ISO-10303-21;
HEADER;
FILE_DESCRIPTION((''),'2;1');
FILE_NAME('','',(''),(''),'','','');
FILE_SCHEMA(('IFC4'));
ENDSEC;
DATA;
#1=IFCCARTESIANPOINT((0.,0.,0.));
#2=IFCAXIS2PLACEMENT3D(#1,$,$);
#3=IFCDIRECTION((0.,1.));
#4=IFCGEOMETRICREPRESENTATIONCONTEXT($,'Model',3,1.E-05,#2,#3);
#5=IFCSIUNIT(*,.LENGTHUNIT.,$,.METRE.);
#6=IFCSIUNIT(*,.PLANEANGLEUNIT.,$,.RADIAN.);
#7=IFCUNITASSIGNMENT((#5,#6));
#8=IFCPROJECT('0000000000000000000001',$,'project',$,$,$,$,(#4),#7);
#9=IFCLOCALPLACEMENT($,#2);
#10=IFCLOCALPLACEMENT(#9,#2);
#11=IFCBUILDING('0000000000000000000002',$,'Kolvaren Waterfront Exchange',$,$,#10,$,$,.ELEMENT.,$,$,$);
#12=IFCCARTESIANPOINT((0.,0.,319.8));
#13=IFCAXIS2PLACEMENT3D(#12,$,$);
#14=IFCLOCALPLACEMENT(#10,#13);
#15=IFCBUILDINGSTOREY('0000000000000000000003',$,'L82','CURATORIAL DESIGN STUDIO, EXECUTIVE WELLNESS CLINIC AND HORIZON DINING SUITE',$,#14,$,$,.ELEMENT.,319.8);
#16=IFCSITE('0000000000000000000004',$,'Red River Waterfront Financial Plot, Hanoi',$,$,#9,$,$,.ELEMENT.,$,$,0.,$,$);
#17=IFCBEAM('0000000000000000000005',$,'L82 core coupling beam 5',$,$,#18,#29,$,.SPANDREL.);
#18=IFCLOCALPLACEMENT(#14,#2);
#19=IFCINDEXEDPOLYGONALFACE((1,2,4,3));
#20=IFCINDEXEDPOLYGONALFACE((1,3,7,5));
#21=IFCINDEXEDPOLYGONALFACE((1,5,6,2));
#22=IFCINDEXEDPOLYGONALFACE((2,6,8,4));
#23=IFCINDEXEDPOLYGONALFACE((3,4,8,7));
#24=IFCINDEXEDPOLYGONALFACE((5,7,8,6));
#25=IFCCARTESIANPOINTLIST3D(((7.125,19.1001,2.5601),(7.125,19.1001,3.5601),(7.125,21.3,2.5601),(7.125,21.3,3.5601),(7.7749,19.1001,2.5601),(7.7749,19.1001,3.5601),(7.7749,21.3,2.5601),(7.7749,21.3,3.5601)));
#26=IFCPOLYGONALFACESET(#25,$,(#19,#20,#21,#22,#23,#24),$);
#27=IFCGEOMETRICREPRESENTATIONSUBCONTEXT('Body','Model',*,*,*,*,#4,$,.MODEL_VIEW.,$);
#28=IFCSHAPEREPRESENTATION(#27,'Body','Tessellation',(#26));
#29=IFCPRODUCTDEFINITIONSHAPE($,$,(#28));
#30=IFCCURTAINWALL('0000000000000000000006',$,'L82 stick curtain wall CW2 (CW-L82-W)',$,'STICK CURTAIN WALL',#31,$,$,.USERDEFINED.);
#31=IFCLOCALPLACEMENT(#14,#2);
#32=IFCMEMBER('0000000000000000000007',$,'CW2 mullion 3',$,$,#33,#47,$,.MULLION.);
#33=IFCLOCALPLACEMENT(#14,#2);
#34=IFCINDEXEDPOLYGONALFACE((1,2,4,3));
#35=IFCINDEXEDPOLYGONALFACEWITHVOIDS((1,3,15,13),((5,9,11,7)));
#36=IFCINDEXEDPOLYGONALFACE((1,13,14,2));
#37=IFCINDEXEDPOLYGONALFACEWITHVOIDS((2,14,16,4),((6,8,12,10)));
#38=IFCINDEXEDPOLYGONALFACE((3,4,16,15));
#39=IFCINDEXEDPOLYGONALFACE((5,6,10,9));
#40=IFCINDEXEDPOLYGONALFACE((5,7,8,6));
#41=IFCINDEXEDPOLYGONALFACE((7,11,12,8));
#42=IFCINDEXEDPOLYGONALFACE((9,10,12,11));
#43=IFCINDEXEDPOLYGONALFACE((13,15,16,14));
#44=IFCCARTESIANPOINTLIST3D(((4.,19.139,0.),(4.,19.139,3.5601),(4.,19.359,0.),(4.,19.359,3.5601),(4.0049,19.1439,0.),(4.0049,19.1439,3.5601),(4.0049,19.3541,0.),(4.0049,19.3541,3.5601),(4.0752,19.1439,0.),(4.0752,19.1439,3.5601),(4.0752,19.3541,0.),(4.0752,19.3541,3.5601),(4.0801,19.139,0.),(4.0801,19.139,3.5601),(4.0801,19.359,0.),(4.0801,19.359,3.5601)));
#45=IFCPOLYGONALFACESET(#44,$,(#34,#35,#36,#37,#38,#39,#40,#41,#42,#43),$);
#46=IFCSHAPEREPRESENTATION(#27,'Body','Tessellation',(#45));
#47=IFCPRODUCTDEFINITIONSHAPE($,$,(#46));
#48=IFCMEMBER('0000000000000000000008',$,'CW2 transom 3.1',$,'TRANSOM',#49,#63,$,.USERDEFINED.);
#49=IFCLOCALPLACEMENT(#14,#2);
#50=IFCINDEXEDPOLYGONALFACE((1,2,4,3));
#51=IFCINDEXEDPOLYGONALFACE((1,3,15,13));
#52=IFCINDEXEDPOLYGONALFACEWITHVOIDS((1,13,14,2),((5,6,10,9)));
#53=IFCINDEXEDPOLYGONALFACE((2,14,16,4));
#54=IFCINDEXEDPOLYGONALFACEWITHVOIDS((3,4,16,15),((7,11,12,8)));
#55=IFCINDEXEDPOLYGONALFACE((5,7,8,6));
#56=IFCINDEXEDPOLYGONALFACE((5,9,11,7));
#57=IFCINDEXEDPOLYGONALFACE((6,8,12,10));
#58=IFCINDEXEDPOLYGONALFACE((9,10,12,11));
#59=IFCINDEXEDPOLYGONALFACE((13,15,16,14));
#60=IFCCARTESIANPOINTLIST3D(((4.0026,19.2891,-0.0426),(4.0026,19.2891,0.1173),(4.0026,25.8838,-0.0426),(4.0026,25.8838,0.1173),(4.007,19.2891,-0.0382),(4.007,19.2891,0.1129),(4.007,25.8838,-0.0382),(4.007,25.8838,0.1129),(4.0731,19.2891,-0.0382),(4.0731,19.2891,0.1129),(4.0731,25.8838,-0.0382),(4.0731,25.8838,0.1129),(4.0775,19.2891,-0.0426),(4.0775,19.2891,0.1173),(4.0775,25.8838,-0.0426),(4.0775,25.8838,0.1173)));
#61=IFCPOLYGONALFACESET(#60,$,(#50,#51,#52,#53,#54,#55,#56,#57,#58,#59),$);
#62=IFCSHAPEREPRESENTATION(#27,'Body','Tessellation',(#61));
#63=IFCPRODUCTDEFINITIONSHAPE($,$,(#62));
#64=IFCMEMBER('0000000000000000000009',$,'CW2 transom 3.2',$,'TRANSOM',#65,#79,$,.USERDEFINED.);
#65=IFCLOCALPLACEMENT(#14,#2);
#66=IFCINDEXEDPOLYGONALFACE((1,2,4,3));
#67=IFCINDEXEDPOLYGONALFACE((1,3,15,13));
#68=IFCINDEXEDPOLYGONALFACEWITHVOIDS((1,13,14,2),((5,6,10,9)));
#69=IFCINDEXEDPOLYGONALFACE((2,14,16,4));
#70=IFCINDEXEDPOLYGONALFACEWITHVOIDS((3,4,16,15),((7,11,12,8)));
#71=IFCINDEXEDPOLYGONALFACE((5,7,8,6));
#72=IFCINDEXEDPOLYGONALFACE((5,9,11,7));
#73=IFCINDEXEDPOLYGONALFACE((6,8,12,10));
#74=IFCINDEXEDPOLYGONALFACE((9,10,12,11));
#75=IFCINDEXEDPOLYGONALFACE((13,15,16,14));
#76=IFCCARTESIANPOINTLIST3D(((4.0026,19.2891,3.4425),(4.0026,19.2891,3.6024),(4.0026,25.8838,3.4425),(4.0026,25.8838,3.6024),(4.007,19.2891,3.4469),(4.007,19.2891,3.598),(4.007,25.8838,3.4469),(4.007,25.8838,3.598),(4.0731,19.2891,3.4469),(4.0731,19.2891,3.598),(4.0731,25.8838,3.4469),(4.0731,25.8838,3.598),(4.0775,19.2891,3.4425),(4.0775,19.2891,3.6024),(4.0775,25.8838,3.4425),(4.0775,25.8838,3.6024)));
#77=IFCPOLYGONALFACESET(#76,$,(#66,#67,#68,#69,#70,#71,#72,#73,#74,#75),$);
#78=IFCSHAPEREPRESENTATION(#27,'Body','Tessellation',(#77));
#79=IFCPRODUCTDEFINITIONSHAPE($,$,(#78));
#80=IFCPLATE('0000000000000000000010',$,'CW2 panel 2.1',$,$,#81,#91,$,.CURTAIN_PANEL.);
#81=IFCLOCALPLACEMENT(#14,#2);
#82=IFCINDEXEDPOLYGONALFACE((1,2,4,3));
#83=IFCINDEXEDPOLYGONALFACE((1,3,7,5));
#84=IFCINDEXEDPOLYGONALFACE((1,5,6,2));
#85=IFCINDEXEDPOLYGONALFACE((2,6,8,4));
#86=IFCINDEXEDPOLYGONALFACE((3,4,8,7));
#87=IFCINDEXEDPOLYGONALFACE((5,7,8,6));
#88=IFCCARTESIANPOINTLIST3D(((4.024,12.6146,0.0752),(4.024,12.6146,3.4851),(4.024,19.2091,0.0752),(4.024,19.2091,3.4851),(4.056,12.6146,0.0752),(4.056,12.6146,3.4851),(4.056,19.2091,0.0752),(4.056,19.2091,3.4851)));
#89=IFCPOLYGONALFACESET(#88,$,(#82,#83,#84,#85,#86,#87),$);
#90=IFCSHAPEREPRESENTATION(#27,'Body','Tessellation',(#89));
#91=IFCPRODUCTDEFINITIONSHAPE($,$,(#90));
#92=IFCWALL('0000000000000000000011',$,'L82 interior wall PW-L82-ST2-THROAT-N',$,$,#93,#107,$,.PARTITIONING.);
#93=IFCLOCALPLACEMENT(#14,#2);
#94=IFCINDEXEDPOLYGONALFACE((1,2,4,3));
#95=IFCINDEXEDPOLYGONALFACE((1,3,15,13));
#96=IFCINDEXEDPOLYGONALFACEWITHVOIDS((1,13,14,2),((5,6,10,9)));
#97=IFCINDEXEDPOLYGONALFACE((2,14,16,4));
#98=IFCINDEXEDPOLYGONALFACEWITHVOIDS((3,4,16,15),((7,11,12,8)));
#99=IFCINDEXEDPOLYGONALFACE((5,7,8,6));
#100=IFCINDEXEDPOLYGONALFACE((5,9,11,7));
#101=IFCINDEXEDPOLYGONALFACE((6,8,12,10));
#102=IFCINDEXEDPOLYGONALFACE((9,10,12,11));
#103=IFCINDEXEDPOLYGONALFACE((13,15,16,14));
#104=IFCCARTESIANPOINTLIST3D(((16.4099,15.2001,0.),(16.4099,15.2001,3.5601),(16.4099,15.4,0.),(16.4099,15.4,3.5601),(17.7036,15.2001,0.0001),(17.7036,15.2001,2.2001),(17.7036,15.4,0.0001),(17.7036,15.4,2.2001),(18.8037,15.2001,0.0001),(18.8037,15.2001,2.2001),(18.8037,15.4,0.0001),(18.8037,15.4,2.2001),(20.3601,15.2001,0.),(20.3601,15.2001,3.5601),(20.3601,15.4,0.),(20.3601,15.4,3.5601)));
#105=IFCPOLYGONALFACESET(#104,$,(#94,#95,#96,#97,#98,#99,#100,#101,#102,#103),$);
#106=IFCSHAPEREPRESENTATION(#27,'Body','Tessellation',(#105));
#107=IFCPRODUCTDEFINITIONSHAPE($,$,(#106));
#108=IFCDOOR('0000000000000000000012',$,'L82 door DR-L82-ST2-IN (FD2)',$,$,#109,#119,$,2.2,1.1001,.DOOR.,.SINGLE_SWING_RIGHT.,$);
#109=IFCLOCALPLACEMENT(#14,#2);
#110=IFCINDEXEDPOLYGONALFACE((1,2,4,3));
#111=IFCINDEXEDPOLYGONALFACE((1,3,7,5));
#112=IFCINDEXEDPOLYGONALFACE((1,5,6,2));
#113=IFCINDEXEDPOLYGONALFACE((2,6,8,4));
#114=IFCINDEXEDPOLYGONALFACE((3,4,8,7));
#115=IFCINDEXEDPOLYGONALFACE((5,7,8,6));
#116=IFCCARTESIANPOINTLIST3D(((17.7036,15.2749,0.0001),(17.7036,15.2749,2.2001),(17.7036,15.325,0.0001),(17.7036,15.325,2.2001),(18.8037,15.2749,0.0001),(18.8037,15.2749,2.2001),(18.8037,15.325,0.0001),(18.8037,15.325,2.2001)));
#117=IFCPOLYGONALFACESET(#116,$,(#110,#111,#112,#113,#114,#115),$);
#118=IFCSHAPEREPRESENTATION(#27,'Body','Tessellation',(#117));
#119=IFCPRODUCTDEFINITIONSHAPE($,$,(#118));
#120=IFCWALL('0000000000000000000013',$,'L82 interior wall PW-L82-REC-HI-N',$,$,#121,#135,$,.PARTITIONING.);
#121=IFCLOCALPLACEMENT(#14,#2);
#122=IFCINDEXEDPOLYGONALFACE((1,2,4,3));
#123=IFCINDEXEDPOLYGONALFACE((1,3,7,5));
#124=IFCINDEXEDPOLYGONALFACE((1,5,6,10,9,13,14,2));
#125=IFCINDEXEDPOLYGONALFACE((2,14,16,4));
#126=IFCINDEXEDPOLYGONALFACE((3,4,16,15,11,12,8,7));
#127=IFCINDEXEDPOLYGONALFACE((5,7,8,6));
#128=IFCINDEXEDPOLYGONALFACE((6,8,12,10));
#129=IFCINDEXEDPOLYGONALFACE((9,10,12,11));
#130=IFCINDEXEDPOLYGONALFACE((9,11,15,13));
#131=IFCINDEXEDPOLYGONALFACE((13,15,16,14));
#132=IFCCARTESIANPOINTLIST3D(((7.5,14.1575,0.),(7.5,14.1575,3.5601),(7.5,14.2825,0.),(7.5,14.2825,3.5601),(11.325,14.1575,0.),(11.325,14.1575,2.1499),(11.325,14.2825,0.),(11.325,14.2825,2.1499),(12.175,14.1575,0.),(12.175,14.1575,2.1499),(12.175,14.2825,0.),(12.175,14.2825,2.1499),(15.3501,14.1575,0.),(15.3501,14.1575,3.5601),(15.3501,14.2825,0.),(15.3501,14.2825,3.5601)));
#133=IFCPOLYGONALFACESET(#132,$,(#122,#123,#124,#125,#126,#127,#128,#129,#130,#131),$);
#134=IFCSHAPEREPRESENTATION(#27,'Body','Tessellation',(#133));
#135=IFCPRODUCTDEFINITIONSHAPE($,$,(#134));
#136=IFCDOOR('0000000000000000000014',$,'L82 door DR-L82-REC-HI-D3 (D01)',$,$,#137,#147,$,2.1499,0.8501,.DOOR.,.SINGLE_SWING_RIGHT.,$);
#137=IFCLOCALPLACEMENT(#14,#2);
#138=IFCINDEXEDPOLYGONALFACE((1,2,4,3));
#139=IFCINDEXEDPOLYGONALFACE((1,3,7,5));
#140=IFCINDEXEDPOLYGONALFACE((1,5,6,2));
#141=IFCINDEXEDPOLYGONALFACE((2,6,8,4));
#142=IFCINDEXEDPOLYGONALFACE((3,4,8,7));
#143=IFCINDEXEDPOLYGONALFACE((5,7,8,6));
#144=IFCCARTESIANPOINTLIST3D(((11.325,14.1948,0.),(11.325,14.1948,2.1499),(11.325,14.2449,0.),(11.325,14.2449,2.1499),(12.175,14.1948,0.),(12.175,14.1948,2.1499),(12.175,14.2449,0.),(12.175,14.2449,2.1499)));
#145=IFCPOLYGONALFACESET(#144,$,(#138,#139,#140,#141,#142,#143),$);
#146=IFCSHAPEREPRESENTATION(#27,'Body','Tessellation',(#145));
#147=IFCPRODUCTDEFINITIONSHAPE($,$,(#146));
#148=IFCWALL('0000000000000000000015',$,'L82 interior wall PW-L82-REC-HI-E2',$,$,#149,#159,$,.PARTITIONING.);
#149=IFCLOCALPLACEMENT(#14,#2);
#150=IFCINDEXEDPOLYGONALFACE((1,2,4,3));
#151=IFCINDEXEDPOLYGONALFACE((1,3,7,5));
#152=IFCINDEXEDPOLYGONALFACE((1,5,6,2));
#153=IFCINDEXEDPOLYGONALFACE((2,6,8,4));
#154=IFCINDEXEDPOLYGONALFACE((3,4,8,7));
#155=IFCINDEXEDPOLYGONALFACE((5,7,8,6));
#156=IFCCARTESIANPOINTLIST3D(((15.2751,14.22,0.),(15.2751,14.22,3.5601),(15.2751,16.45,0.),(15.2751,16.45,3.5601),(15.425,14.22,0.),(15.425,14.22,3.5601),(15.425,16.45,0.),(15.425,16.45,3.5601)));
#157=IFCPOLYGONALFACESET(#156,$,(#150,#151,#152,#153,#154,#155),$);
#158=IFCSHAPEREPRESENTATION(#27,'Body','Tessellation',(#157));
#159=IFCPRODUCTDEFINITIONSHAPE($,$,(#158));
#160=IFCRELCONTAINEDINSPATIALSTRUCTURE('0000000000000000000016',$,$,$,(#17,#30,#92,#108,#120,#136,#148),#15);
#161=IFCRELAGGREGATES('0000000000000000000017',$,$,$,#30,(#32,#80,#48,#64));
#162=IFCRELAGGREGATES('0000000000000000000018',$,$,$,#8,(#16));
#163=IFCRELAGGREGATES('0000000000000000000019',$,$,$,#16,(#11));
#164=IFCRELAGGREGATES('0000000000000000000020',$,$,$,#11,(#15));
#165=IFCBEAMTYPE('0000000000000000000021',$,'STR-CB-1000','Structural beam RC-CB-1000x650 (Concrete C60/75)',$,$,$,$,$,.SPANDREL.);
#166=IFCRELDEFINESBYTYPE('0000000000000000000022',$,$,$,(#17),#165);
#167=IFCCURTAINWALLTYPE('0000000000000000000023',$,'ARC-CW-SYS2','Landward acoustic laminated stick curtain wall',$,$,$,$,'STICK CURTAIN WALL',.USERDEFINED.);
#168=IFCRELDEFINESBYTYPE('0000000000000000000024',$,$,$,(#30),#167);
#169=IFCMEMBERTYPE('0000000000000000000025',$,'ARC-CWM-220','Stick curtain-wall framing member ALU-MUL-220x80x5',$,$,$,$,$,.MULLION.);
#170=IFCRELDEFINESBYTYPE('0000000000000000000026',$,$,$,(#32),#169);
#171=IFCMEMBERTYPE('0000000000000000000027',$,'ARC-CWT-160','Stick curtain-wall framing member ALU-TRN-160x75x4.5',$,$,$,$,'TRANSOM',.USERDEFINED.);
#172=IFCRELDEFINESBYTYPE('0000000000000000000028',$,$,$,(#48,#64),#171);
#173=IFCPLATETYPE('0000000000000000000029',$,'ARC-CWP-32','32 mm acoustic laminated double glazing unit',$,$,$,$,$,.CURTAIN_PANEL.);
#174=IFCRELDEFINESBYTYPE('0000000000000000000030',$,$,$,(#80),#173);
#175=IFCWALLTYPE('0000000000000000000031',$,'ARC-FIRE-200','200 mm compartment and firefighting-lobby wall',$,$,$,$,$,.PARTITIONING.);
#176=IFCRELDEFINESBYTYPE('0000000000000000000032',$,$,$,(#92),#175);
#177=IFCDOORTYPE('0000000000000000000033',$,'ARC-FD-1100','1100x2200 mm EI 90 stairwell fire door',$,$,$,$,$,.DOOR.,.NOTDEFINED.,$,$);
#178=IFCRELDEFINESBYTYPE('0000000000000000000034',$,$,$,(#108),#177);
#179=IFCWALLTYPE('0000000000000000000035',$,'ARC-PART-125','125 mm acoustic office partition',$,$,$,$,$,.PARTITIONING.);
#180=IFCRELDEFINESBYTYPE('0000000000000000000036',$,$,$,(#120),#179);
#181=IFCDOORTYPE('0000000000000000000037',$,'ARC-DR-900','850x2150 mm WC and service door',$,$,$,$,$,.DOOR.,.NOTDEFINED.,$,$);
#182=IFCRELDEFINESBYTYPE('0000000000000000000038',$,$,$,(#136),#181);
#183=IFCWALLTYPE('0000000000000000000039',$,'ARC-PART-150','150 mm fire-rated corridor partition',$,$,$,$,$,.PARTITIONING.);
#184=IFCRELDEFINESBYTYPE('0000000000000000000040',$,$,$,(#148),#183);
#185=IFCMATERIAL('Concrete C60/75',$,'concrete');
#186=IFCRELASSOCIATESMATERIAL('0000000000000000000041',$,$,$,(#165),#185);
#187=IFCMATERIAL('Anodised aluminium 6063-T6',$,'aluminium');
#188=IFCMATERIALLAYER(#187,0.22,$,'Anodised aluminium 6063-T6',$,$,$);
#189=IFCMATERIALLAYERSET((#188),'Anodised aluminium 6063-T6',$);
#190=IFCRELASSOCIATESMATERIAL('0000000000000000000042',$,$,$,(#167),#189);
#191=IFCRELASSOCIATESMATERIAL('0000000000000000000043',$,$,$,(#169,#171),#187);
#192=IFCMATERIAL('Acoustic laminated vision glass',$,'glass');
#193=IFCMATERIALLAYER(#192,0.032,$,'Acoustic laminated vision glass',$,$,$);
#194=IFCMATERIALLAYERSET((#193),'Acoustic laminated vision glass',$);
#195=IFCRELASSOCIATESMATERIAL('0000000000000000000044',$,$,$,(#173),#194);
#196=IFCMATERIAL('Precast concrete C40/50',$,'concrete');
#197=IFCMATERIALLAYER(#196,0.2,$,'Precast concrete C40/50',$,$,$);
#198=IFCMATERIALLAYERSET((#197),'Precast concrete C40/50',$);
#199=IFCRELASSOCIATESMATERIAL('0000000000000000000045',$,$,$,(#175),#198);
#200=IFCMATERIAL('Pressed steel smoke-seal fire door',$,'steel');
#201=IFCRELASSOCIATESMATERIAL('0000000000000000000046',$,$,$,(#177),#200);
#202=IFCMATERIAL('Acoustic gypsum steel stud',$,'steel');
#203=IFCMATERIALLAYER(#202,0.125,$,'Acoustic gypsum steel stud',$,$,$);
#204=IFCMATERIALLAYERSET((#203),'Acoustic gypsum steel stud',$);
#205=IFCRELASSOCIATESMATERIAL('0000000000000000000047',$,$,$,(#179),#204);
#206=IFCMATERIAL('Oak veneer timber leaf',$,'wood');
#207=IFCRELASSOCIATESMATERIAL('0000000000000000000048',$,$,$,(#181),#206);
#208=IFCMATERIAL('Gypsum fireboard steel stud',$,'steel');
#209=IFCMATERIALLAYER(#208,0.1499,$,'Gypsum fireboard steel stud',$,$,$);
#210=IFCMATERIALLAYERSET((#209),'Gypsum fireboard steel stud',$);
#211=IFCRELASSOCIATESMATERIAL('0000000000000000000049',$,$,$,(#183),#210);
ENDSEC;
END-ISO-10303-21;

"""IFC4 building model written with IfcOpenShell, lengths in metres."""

from ifc_helpers import new_model, si_unit, direction, frame, frame_2d, origin, origin_with_axes, origin_2d, place, context, subcontext, project, spatial, rectangle, hollow_rectangle, extrude, source, transform, mapped, material, layer, layer_set, material_profile, profile_set, type_object, element, fill, aggregate, save


model = new_model("IFC4")

# Units and contexts
model_context = context("Model", 3, precision=1e-05, world=origin(), true_north=direction((0.0, 1.0)))
body_context = subcontext(model_context, "Body", "Model", "MODEL_VIEW")
ifc_project = project(units=[si_unit("LENGTHUNIT", "METRE"), si_unit("PLANEANGLEUNIT", "RADIAN")], contexts=[model_context])

# Site, building, storey
site_placement = place(None, origin())
site = spatial("IfcSite", under=ifc_project, at=site_placement, Name="Red River Waterfront Financial Plot, Hanoi", CompositionType="ELEMENT", RefElevation=0.0)
building_placement = place(site_placement, origin())
building = spatial("IfcBuilding", under=site, at=building_placement, Name="Kolvaren Waterfront Exchange", CompositionType="ELEMENT")
storey_placement = place(building_placement, frame((0.0, 0.0, 319.8)))
storey = spatial("IfcBuildingStorey", under=building, at=storey_placement, Name="L82", Description="CURATORIAL DESIGN STUDIO, EXECUTIVE WELLNESS CLINIC AND HORIZON DINING SUITE", CompositionType="ELEMENT", Elevation=319.8)

# Beam
ifc_material_1 = material(Name="Concrete C60/75", Category="concrete")
ifc_material_profile_1 = material_profile(ifc_material_1, rectangle(XDim=0.6499, YDim=1.0, at=origin_2d()), Name="RC-CB-1000x650")
ifc_profile_set_1 = profile_set([ifc_material_profile_1], Name="Concrete C60/75")
beam_type = type_object("IfcBeamType", Name="STR-CB-1000", Description="Structural beam RC-CB-1000x650 (Concrete C60/75)", PredefinedType="SPANDREL", material=ifc_profile_set_1)
beam_placement = place(storey_placement, frame((7.45, 19.1001, 3.0601), z_axis=(0.0, 1.0, 0.0), x_axis=(-1.0, 0.0, 0.0)))
element("IfcBeam", 1, at=beam_placement, inside=storey, type_object=beam_type, Name="L82 core coupling beam 5", PredefinedType="SPANDREL", context=body_context, shape_type="SweptSolid", body=[
    extrude(rectangle(XDim=0.6499, YDim=1.0, at=origin_2d()), origin(), (0.0, 0.0, 1.0), 2.2),
])

# Curtain wall, members, plate
ifc_material_2 = material(Name="Anodised aluminium 6063-T6", Category="aluminium")
ifc_layer_1 = layer(ifc_material_2, 0.22, Name="Anodised aluminium 6063-T6")
ifc_layer_set_1 = layer_set([ifc_layer_1], Name="Anodised aluminium 6063-T6")
curtain_wall_type = type_object("IfcCurtainWallType", Name="ARC-CW-SYS2", Description="Landward acoustic laminated stick curtain wall", ElementType="STICK CURTAIN WALL", PredefinedType="USERDEFINED", material=ifc_layer_set_1)
curtain_wall_placement = place(storey_placement, origin())
curtain_wall = element("IfcCurtainWall", 2, at=curtain_wall_placement, inside=storey, type_object=curtain_wall_type, Name="L82 stick curtain wall CW2 (CW-L82-W)", ObjectType="STICK CURTAIN WALL", PredefinedType="USERDEFINED")
ifc_material_profile_2 = material_profile(ifc_material_2, hollow_rectangle(XDim=0.0801, YDim=0.22, WallThickness=0.0049, at=origin_2d()), Name="ALU-MUL-220x80x5")
ifc_profile_set_2 = profile_set([ifc_material_profile_2], Name="Anodised aluminium 6063-T6")
member_type_1 = type_object("IfcMemberType", Name="ARC-CWM-220", Description="Stick curtain-wall framing member ALU-MUL-220x80x5", PredefinedType="MULLION", material=ifc_profile_set_2)
shared_shape_1 = source(origin_with_axes(), body_context, "Body", "SweptSolid", [
    extrude(hollow_rectangle(XDim=0.0801, YDim=0.22, WallThickness=0.0049, at=origin_2d()), origin(), (0.0, 0.0, 1.0), 3.5601),
])
member_1_placement = place(storey_placement, frame((4.04, 19.249, 0.0), z_axis=(0.0, 0.0, 1.0), x_axis=(-1.0, 0.0, 0.0)))
member_1 = element("IfcMember", 3, at=member_1_placement, type_object=member_type_1, Name="CW2 mullion 3", PredefinedType="MULLION", context=body_context, shape_type="MappedRepresentation", body=[
    mapped(shared_shape_1, transform((0.0, 0.0, 0.0), x_axis=(1.0, 0.0, 0.0), y_axis=(0.0, 1.0, 0.0), z_axis=(0.0, 0.0, 1.0), scale=1.0)),
])
ifc_material_profile_3 = material_profile(ifc_material_2, hollow_rectangle(XDim=0.075, YDim=0.1599, WallThickness=0.0044, at=origin_2d()), Name="ALU-TRN-160x75x4.5")
ifc_profile_set_3 = profile_set([ifc_material_profile_3], Name="Anodised aluminium 6063-T6")
member_type_2 = type_object("IfcMemberType", Name="ARC-CWT-160", Description="Stick curtain-wall framing member ALU-TRN-160x75x4.5", ElementType="TRANSOM", PredefinedType="USERDEFINED", material=ifc_profile_set_3)
shared_shape_2 = source(origin_with_axes(), body_context, "Body", "SweptSolid", [
    extrude(hollow_rectangle(XDim=0.075, YDim=0.1599, WallThickness=0.0044, at=origin_2d()), origin(), (0.0, 0.0, 1.0), 6.5947),
])
member_2_placement = place(storey_placement, frame((4.04, 19.2891, 0.0374), z_axis=(0.0, 1.0, 0.0), x_axis=(-1.0, 0.0, 0.0)))
member_2 = element("IfcMember", 4, at=member_2_placement, type_object=member_type_2, Name="CW2 transom 3.1", ObjectType="TRANSOM", PredefinedType="USERDEFINED", context=body_context, shape_type="MappedRepresentation", body=[
    mapped(shared_shape_2, transform((0.0, 0.0, 0.0), x_axis=(1.0, 0.0, 0.0), y_axis=(0.0, 1.0, 0.0), z_axis=(0.0, 0.0, 1.0), scale=1.0)),
])
member_3_placement = place(storey_placement, frame((4.04, 19.2891, 3.5225), z_axis=(0.0, 1.0, 0.0), x_axis=(-1.0, 0.0, 0.0)))
member_3 = element("IfcMember", 5, at=member_3_placement, type_object=member_type_2, Name="CW2 transom 3.2", ObjectType="TRANSOM", PredefinedType="USERDEFINED", context=body_context, shape_type="MappedRepresentation", body=[
    mapped(shared_shape_2, transform((0.0, 0.0, 0.0), x_axis=(1.0, 0.0, 0.0), y_axis=(0.0, 1.0, 0.0), z_axis=(0.0, 0.0, 1.0), scale=1.0)),
])
ifc_material_3 = material(Name="Acoustic laminated vision glass", Category="glass")
ifc_layer_2 = layer(ifc_material_3, 0.032, Name="Acoustic laminated vision glass")
ifc_layer_set_2 = layer_set([ifc_layer_2], Name="Acoustic laminated vision glass")
plate_type = type_object("IfcPlateType", Name="ARC-CWP-32", Description="32 mm acoustic laminated double glazing unit", PredefinedType="CURTAIN_PANEL", material=ifc_layer_set_2)
shared_shape_3 = source(origin_with_axes(), body_context, "Body", "SweptSolid", [
    extrude(rectangle(XDim=6.5945, YDim=0.032, at=origin_2d()), origin(), (0.0, 0.0, 1.0), 3.4099),
])
plate_placement = place(storey_placement, frame((4.04, 15.9119, 0.0752), z_axis=(0.0, 0.0, 1.0), x_axis=(0.0, 1.0, 0.0)))
plate = element("IfcPlate", 6, at=plate_placement, type_object=plate_type, Name="CW2 panel 2.1", PredefinedType="CURTAIN_PANEL", context=body_context, shape_type="MappedRepresentation", body=[
    mapped(shared_shape_3, transform((0.0, 0.0, 0.0), x_axis=(1.0, 0.0, 0.0), y_axis=(0.0, 1.0, 0.0), z_axis=(0.0, 0.0, 1.0), scale=1.0)),
])
aggregate(curtain_wall, [member_1, plate, member_2, member_3])

# Walls, openings, doors
ifc_material_4 = material(Name="Precast concrete C40/50", Category="concrete")
ifc_layer_3 = layer(ifc_material_4, 0.2, Name="Precast concrete C40/50")
ifc_layer_set_3 = layer_set([ifc_layer_3], Name="Precast concrete C40/50")
wall_type_1 = type_object("IfcWallType", Name="ARC-FIRE-200", Description="200 mm compartment and firefighting-lobby wall", PredefinedType="PARTITIONING", material=ifc_layer_set_3)
wall_1_placement = place(storey_placement, frame((16.4099, 15.3, 0.0), z_axis=(0.0, 0.0, 1.0), x_axis=(1.0, 0.0, 0.0)))
wall_1 = element("IfcWall", 7, at=wall_1_placement, inside=storey, type_object=wall_type_1, Name="L82 interior wall PW-L82-ST2-THROAT-N", PredefinedType="PARTITIONING", context=body_context, shape_type="SweptSolid", body=[
    extrude(rectangle(XDim=3.9502, YDim=0.2, at=frame_2d((1.9751, 0.0))), origin(), (0.0, 0.0, 1.0), 3.5601),
])
opening_1_placement = place(wall_1_placement, frame((1.2937, 0.0, 0.0)))
opening_1 = element("IfcOpeningElement", 8, at=opening_1_placement, cuts=wall_1, PredefinedType="OPENING", context=body_context, shape_type="SweptSolid", body=[
    extrude(rectangle(XDim=1.1001, YDim=2.2, at=frame_2d((0.55, 1.1001))), frame((0.0, 0.1099, 0.0), z_axis=(0.0, -1.0, 0.0), x_axis=(1.0, 0.0, 0.0)), (0.0, 0.0, 1.0), 0.22),
])
ifc_material_5 = material(Name="Pressed steel smoke-seal fire door", Category="steel")
door_type_1 = type_object("IfcDoorType", Name="ARC-FD-1100", Description="1100x2200 mm EI 90 stairwell fire door", OperationType="NOTDEFINED", PredefinedType="DOOR", material=ifc_material_5)
door_1_placement = place(opening_1_placement, origin())
door_1 = element("IfcDoor", 9, at=door_1_placement, inside=storey, type_object=door_type_1, Name="L82 door DR-L82-ST2-IN (FD2)", OperationType="SINGLE_SWING_RIGHT", OverallHeight=2.2, OverallWidth=1.1001, PredefinedType="DOOR", context=body_context, shape_type="SweptSolid", body=[
    extrude(rectangle(XDim=1.1001, YDim=2.2, at=frame_2d((0.55, 1.1001))), frame((0.0, 0.0249, 0.0), z_axis=(0.0, -1.0, 0.0), x_axis=(1.0, 0.0, 0.0)), (0.0, 0.0, 1.0), 0.05),
])
fill(opening_1, door_1)
ifc_material_6 = material(Name="Acoustic gypsum steel stud", Category="steel")
ifc_layer_4 = layer(ifc_material_6, 0.125, Name="Acoustic gypsum steel stud")
ifc_layer_set_4 = layer_set([ifc_layer_4], Name="Acoustic gypsum steel stud")
wall_type_2 = type_object("IfcWallType", Name="ARC-PART-125", Description="125 mm acoustic office partition", PredefinedType="PARTITIONING", material=ifc_layer_set_4)
wall_2_placement = place(storey_placement, frame((7.5, 14.22, 0.0), z_axis=(0.0, 0.0, 1.0), x_axis=(1.0, 0.0, 0.0)))
wall_2 = element("IfcWall", 10, at=wall_2_placement, inside=storey, type_object=wall_type_2, Name="L82 interior wall PW-L82-REC-HI-N", PredefinedType="PARTITIONING", context=body_context, shape_type="SweptSolid", body=[
    extrude(rectangle(XDim=7.8501, YDim=0.125, at=frame_2d((3.925, 0.0))), origin(), (0.0, 0.0, 1.0), 3.5601),
])
opening_2_placement = place(wall_2_placement, frame((3.825, 0.0, 0.0)))
opening_2 = element("IfcOpeningElement", 11, at=opening_2_placement, cuts=wall_2, PredefinedType="OPENING", context=body_context, shape_type="SweptSolid", body=[
    extrude(rectangle(XDim=0.8501, YDim=2.1499, at=frame_2d((0.425, 1.075))), frame((0.0, 0.0725, 0.0), z_axis=(0.0, -1.0, 0.0), x_axis=(1.0, 0.0, 0.0)), (0.0, 0.0, 1.0), 0.145),
])
ifc_material_7 = material(Name="Oak veneer timber leaf", Category="wood")
door_type_2 = type_object("IfcDoorType", Name="ARC-DR-900", Description="850x2150 mm WC and service door", OperationType="NOTDEFINED", PredefinedType="DOOR", material=ifc_material_7)
door_2_placement = place(opening_2_placement, origin())
door_2 = element("IfcDoor", 12, at=door_2_placement, inside=storey, type_object=door_type_2, Name="L82 door DR-L82-REC-HI-D3 (D01)", OperationType="SINGLE_SWING_RIGHT", OverallHeight=2.1499, OverallWidth=0.8501, PredefinedType="DOOR", context=body_context, shape_type="SweptSolid", body=[
    extrude(rectangle(XDim=0.8501, YDim=2.1499, at=frame_2d((0.425, 1.075))), frame((0.0, 0.0249, 0.0), z_axis=(0.0, -1.0, 0.0), x_axis=(1.0, 0.0, 0.0)), (0.0, 0.0, 1.0), 0.05),
])
fill(opening_2, door_2)

# Wall
ifc_material_8 = material(Name="Gypsum fireboard steel stud", Category="steel")
ifc_layer_5 = layer(ifc_material_8, 0.1499, Name="Gypsum fireboard steel stud")
ifc_layer_set_5 = layer_set([ifc_layer_5], Name="Gypsum fireboard steel stud")
wall_type_3 = type_object("IfcWallType", Name="ARC-PART-150", Description="150 mm fire-rated corridor partition", PredefinedType="PARTITIONING", material=ifc_layer_set_5)
wall_3_placement = place(storey_placement, frame((15.3501, 14.22, 0.0), z_axis=(0.0, 0.0, 1.0), x_axis=(0.0, 1.0, 0.0)))
element("IfcWall", 13, at=wall_3_placement, inside=storey, type_object=wall_type_3, Name="L82 interior wall PW-L82-REC-HI-E2", PredefinedType="PARTITIONING", context=body_context, shape_type="SweptSolid", body=[
    extrude(rectangle(XDim=2.23, YDim=0.1499, at=frame_2d((1.115, 0.0))), origin(), (0.0, 0.0, 1.0), 3.5601),
])

save(model, "model.ifc")
